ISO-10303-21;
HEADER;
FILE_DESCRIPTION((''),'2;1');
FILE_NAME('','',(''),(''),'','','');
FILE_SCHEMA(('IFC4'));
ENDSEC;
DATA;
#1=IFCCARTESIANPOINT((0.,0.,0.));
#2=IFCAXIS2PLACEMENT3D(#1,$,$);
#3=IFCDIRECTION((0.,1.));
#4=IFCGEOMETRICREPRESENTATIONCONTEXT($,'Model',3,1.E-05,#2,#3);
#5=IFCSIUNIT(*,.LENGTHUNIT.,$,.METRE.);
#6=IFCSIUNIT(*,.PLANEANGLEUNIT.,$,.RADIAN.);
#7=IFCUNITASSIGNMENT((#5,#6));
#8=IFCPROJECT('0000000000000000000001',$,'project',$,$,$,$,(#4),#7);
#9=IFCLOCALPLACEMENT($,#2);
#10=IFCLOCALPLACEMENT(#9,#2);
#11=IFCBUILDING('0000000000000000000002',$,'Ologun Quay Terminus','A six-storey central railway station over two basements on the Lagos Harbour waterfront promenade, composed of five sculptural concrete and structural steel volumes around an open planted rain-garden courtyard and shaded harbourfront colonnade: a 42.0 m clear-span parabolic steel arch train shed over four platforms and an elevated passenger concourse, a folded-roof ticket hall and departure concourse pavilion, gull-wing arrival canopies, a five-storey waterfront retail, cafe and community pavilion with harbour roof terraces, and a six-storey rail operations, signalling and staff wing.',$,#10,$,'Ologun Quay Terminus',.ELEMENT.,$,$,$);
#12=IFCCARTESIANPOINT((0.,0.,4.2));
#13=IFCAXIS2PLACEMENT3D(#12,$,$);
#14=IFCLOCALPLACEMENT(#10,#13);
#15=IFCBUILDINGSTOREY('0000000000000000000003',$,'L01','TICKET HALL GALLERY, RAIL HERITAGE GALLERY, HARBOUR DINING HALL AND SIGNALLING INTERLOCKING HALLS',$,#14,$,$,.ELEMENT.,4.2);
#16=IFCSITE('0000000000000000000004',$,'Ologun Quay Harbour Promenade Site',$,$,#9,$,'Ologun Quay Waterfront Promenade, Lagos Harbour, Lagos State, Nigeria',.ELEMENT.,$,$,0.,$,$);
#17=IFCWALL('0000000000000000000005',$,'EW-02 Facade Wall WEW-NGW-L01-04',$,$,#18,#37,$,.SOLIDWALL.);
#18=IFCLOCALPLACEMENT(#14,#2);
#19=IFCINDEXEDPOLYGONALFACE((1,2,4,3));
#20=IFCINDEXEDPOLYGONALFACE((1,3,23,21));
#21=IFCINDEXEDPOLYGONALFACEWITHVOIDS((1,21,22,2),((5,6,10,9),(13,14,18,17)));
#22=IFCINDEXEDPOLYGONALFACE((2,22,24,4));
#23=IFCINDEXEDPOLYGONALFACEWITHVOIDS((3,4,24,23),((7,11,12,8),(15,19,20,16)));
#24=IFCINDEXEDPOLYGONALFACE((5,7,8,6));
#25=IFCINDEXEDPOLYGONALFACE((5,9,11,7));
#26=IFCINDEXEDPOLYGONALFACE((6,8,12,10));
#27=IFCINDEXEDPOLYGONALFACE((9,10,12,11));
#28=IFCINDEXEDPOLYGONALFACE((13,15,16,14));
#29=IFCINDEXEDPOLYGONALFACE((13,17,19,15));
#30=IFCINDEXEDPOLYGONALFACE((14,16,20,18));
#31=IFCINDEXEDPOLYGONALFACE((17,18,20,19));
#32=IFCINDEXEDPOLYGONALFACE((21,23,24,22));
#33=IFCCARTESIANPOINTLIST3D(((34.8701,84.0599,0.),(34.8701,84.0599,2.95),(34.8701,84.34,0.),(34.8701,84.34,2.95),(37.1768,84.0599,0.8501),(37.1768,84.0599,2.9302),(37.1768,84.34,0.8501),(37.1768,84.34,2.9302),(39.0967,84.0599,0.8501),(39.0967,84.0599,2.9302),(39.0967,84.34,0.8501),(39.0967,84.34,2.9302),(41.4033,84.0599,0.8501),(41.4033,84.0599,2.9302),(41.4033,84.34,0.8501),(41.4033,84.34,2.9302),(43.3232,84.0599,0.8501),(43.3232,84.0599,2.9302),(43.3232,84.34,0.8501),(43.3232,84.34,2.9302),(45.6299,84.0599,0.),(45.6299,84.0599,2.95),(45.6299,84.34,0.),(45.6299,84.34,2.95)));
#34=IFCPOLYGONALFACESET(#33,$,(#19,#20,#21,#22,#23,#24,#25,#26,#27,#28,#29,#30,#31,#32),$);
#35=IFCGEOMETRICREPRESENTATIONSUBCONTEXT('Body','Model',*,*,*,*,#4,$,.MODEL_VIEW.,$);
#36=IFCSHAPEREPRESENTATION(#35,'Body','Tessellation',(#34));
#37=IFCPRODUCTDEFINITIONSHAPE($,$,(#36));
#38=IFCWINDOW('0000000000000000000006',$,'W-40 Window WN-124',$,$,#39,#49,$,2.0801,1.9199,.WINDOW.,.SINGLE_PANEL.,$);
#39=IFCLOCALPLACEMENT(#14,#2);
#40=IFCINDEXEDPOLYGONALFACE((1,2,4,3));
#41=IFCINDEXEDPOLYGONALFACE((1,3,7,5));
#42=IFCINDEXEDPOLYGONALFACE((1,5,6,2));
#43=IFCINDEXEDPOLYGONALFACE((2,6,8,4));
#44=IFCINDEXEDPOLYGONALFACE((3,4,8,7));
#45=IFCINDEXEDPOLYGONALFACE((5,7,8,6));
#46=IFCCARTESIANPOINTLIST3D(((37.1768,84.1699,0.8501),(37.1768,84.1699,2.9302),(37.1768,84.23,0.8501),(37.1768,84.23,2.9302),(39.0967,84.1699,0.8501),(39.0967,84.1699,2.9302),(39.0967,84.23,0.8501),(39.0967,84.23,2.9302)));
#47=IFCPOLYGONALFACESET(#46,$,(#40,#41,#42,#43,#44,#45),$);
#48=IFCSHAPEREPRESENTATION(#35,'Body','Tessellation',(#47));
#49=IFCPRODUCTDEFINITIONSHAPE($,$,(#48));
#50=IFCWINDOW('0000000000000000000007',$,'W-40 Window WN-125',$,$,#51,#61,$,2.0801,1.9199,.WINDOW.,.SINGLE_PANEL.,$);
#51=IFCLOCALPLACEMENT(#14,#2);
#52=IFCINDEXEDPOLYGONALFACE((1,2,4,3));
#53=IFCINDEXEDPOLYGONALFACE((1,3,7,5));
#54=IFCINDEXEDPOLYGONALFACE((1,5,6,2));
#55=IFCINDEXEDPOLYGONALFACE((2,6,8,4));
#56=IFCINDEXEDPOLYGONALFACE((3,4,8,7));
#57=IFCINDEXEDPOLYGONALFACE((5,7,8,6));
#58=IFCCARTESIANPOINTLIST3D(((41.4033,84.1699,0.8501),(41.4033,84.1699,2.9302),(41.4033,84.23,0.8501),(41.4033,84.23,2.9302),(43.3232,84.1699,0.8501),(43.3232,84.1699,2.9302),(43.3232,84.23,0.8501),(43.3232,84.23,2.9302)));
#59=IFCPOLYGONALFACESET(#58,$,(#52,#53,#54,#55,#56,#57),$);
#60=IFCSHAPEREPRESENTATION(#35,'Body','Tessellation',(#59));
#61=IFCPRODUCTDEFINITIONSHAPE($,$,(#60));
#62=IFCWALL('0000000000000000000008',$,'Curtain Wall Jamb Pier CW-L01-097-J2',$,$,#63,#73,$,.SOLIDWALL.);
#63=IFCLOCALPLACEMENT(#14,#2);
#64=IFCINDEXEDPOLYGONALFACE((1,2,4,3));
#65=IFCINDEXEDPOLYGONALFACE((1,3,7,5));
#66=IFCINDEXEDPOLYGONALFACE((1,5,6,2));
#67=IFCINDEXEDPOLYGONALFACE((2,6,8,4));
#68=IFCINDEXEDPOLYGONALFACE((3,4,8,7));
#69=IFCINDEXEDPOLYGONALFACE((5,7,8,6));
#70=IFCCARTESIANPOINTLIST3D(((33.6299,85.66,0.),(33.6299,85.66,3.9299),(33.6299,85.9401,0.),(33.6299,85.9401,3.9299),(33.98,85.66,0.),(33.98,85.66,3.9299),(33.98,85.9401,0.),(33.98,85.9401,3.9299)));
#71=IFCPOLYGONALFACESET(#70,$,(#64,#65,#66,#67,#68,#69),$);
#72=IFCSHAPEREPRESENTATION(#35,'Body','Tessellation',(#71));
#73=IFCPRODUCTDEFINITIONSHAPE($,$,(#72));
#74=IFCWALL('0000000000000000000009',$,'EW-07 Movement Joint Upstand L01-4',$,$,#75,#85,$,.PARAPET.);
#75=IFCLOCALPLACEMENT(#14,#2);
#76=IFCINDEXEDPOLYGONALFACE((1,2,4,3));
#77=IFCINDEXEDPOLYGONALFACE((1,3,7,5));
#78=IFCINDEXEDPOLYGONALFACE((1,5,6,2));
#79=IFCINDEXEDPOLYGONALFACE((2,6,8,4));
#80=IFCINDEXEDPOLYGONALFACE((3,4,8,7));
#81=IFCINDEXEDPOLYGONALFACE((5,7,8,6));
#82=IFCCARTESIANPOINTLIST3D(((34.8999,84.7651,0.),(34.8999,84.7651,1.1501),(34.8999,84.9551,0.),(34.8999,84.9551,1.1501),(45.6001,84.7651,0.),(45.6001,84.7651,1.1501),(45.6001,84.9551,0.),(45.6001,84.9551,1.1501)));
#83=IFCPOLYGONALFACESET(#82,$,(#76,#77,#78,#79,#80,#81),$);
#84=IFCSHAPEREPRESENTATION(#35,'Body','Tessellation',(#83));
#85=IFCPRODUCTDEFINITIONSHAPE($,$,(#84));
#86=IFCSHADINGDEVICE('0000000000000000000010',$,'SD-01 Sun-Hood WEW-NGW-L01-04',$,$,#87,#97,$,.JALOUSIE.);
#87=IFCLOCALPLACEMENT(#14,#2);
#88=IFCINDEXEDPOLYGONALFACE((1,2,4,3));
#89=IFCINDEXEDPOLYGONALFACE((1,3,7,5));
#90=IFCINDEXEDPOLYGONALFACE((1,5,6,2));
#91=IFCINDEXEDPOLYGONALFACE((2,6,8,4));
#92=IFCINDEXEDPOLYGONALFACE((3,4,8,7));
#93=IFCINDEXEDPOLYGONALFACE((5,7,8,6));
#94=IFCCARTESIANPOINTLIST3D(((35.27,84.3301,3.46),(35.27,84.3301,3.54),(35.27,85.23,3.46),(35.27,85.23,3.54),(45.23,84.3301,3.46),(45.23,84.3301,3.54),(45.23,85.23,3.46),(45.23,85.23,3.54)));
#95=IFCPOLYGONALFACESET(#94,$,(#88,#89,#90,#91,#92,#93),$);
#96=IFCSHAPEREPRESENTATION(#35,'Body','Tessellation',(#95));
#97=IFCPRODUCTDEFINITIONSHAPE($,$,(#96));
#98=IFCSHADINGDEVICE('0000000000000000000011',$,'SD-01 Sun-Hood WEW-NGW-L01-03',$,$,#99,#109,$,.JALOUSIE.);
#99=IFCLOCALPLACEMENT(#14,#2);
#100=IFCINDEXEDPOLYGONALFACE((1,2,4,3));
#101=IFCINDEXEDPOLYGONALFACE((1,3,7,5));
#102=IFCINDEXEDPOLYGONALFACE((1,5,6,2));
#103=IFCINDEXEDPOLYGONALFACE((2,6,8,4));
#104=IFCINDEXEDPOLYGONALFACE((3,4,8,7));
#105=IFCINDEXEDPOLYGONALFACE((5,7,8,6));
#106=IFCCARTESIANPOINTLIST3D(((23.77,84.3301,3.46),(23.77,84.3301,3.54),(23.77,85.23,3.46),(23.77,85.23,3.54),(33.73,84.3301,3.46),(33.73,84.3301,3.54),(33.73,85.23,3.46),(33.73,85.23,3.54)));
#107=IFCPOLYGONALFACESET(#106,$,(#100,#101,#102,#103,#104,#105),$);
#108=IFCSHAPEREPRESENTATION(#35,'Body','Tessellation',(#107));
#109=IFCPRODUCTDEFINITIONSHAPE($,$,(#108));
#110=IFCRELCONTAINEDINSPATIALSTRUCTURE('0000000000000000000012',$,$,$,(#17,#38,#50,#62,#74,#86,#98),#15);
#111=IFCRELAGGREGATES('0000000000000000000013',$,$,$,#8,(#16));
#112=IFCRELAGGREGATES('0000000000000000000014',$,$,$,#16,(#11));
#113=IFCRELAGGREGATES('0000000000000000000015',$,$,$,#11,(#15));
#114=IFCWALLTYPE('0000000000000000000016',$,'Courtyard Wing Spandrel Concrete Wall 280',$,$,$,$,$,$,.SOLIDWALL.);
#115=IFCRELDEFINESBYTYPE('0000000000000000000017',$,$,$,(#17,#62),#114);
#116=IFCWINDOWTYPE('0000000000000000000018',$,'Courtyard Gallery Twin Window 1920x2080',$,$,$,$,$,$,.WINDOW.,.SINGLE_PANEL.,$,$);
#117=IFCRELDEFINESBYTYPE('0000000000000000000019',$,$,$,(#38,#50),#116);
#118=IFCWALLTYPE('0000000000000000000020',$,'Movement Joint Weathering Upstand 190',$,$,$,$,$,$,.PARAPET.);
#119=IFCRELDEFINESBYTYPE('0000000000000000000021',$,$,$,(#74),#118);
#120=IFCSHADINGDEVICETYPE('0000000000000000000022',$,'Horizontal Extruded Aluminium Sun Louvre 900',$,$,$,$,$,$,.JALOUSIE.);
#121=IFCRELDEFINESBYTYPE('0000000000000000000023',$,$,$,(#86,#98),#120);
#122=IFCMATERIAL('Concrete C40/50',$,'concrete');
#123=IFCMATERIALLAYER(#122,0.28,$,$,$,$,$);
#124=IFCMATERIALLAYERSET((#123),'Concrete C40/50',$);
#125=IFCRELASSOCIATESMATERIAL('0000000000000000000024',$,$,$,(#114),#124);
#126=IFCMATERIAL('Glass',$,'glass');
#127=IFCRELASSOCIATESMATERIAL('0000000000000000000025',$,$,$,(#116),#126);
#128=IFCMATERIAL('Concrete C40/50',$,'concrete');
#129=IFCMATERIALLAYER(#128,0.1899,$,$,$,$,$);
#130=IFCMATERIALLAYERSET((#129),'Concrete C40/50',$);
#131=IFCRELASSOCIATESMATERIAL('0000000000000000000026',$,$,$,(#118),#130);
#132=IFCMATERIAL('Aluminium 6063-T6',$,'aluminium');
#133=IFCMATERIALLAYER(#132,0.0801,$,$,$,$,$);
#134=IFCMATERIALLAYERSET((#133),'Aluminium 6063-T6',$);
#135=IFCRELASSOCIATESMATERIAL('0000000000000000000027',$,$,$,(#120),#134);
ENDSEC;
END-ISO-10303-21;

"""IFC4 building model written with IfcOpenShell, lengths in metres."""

from ifc_helpers import new_model, si_unit, direction, frame, frame_2d, origin, origin_2d, place, context, subcontext, project, spatial, rectangle, extrude, material, layer, layer_set, type_object, element, fill, save


model = new_model("IFC4")

# Units and contexts
model_context = context("Model", 3, precision=1e-05, world=origin(), true_north=direction((0.0, 1.0)))
body_context = subcontext(model_context, "Body", "Model", "MODEL_VIEW")
ifc_project = project(units=[si_unit("LENGTHUNIT", "METRE"), si_unit("PLANEANGLEUNIT", "RADIAN")], contexts=[model_context])

# Site, building, storey
site_placement = place(None, origin())
site = spatial("IfcSite", under=ifc_project, at=site_placement, Name="Ologun Quay Harbour Promenade Site", LongName="Ologun Quay Waterfront Promenade, Lagos Harbour, Lagos State, Nigeria", CompositionType="ELEMENT", RefElevation=0.0)
building_placement = place(site_placement, origin())
building = spatial("IfcBuilding", under=site, at=building_placement, Name="Ologun Quay Terminus", Description="A six-storey central railway station over two basements on the Lagos Harbour waterfront promenade, composed of five sculptural concrete and structural steel volumes around an open planted rain-garden courtyard and shaded harbourfront colonnade: a 42.0 m clear-span parabolic steel arch train shed over four platforms and an elevated passenger concourse, a folded-roof ticket hall and departure concourse pavilion, gull-wing arrival canopies, a five-storey waterfront retail, cafe and community pavilion with harbour roof terraces, and a six-storey rail operations, signalling and staff wing.", LongName="Ologun Quay Terminus", CompositionType="ELEMENT")
storey_placement = place(building_placement, frame((0.0, 0.0, 4.2)))
storey = spatial("IfcBuildingStorey", under=building, at=storey_placement, Name="L01", Description="TICKET HALL GALLERY, RAIL HERITAGE GALLERY, HARBOUR DINING HALL AND SIGNALLING INTERLOCKING HALLS", CompositionType="ELEMENT", Elevation=4.2)

# Wall, openings, windows
ifc_material_1 = material(Name="Concrete C40/50", Category="concrete")
ifc_layer_1 = layer(ifc_material_1, 0.28)
ifc_layer_set_1 = layer_set([ifc_layer_1], Name="Concrete C40/50")
wall_type_1 = type_object("IfcWallType", Name="Courtyard Wing Spandrel Concrete Wall 280", PredefinedType="SOLIDWALL", material=ifc_layer_set_1)
wall_1_placement = place(storey_placement, frame((34.8701, 84.2, 0.0), z_axis=(0.0, 0.0, 1.0), x_axis=(1.0, 0.0, 0.0)))
wall_1 = element("IfcWall", 1, at=wall_1_placement, inside=storey, type_object=wall_type_1, Name="EW-02 Facade Wall WEW-NGW-L01-04", PredefinedType="SOLIDWALL", context=body_context, shape_type="SweptSolid", body=[
    extrude(rectangle(XDim=10.7598, YDim=0.28, at=frame_2d((5.3799, 0.0))), origin(), (0.0, 0.0, 1.0), 2.95),
])
opening_1_placement = place(wall_1_placement, frame((2.3066, 0.0, 0.8501)))
opening_1 = element("IfcOpeningElement", 2, at=opening_1_placement, cuts=wall_1, PredefinedType="OPENING", context=body_context, shape_type="SweptSolid", body=[
    extrude(rectangle(XDim=1.9199, YDim=2.0801, at=frame_2d((0.96, 1.04))), frame((0.0, 0.1499, 0.0), z_axis=(0.0, -1.0, 0.0), x_axis=(1.0, 0.0, 0.0)), (0.0, 0.0, 1.0), 0.3),
])
opening_2_placement = place(wall_1_placement, frame((6.5332, 0.0, 0.8501)))
opening_2 = element("IfcOpeningElement", 3, at=opening_2_placement, cuts=wall_1, PredefinedType="OPENING", context=body_context, shape_type="SweptSolid", body=[
    extrude(rectangle(XDim=1.9199, YDim=2.0801, at=frame_2d((0.96, 1.04))), frame((0.0, 0.1499, 0.0), z_axis=(0.0, -1.0, 0.0), x_axis=(1.0, 0.0, 0.0)), (0.0, 0.0, 1.0), 0.3),
])
ifc_material_2 = material(Name="Glass", Category="glass")
window_type = type_object("IfcWindowType", Name="Courtyard Gallery Twin Window 1920x2080", PartitioningType="SINGLE_PANEL", PredefinedType="WINDOW", material=ifc_material_2)
window_1_placement = place(opening_1_placement, origin())
window_1 = element("IfcWindow", 4, at=window_1_placement, inside=storey, type_object=window_type, Name="W-40 Window WN-124", OverallHeight=2.0801, OverallWidth=1.9199, PartitioningType="SINGLE_PANEL", PredefinedType="WINDOW", context=body_context, shape_type="SweptSolid", body=[
    extrude(rectangle(XDim=1.9199, YDim=2.0801, at=frame_2d((0.96, 1.04))), frame((0.0, 0.03, 0.0), z_axis=(0.0, -1.0, 0.0), x_axis=(1.0, 0.0, 0.0)), (0.0, 0.0, 1.0), 0.0601),
])
fill(opening_1, window_1)
window_2_placement = place(opening_2_placement, origin())
window_2 = element("IfcWindow", 5, at=window_2_placement, inside=storey, type_object=window_type, Name="W-40 Window WN-125", OverallHeight=2.0801, OverallWidth=1.9199, PartitioningType="SINGLE_PANEL", PredefinedType="WINDOW", context=body_context, shape_type="SweptSolid", body=[
    extrude(rectangle(XDim=1.9199, YDim=2.0801, at=frame_2d((0.96, 1.04))), frame((0.0, 0.03, 0.0), z_axis=(0.0, -1.0, 0.0), x_axis=(1.0, 0.0, 0.0)), (0.0, 0.0, 1.0), 0.0601),
])
fill(opening_2, window_2)

# Walls
wall_2_placement = place(storey_placement, frame((33.6299, 85.8, 0.0), z_axis=(0.0, 0.0, 1.0), x_axis=(1.0, 0.0, 0.0)))
element("IfcWall", 6, at=wall_2_placement, inside=storey, type_object=wall_type_1, Name="Curtain Wall Jamb Pier CW-L01-097-J2", PredefinedType="SOLIDWALL", context=body_context, shape_type="SweptSolid", body=[
    extrude(rectangle(XDim=0.3501, YDim=0.28, at=frame_2d((0.175, 0.0))), origin(), (0.0, 0.0, 1.0), 3.9299),
])
ifc_material_3 = material(Name="Concrete C40/50", Category="concrete")
ifc_layer_2 = layer(ifc_material_3, 0.1899)
ifc_layer_set_2 = layer_set([ifc_layer_2], Name="Concrete C40/50")
wall_type_2 = type_object("IfcWallType", Name="Movement Joint Weathering Upstand 190", PredefinedType="PARAPET", material=ifc_layer_set_2)
wall_3_placement = place(storey_placement, frame((34.8999, 84.8601, 0.0), z_axis=(0.0, 0.0, 1.0), x_axis=(1.0, 0.0, 0.0)))
element("IfcWall", 7, at=wall_3_placement, inside=storey, type_object=wall_type_2, Name="EW-07 Movement Joint Upstand L01-4", PredefinedType="PARAPET", context=body_context, shape_type="SweptSolid", body=[
    extrude(rectangle(XDim=10.7002, YDim=0.1899, at=frame_2d((5.3501, 0.0))), origin(), (0.0, 0.0, 1.0), 1.1501),
])

# Shading devices
ifc_material_4 = material(Name="Aluminium 6063-T6", Category="aluminium")
ifc_layer_3 = layer(ifc_material_4, 0.0801)
ifc_layer_set_3 = layer_set([ifc_layer_3], Name="Aluminium 6063-T6")
shading_device_type = type_object("IfcShadingDeviceType", Name="Horizontal Extruded Aluminium Sun Louvre 900", PredefinedType="JALOUSIE", material=ifc_layer_set_3)
for number, where, z_axis, x_axis, name in (
    (8, (40.25, 84.78, 3.46), (0.0, 0.0, 1.0), (1.0, 0.0, 0.0), "SD-01 Sun-Hood WEW-NGW-L01-04"),
    (9, (28.75, 84.78, 3.46), (0.0, 0.0, 1.0), (1.0, 0.0, 0.0), "SD-01 Sun-Hood WEW-NGW-L01-03"),
):
    element("IfcShadingDevice", number, at=place(storey_placement, frame(where, z_axis=z_axis, x_axis=x_axis)), inside=storey, type_object=shading_device_type, Name=name, PredefinedType="JALOUSIE", context=body_context, shape_type="SweptSolid", body=[
        extrude(rectangle(XDim=9.96, YDim=0.8999, at=origin_2d()), origin(), (0.0, 0.0, 1.0), 0.0801),
    ])

save(model, "model.ifc")
